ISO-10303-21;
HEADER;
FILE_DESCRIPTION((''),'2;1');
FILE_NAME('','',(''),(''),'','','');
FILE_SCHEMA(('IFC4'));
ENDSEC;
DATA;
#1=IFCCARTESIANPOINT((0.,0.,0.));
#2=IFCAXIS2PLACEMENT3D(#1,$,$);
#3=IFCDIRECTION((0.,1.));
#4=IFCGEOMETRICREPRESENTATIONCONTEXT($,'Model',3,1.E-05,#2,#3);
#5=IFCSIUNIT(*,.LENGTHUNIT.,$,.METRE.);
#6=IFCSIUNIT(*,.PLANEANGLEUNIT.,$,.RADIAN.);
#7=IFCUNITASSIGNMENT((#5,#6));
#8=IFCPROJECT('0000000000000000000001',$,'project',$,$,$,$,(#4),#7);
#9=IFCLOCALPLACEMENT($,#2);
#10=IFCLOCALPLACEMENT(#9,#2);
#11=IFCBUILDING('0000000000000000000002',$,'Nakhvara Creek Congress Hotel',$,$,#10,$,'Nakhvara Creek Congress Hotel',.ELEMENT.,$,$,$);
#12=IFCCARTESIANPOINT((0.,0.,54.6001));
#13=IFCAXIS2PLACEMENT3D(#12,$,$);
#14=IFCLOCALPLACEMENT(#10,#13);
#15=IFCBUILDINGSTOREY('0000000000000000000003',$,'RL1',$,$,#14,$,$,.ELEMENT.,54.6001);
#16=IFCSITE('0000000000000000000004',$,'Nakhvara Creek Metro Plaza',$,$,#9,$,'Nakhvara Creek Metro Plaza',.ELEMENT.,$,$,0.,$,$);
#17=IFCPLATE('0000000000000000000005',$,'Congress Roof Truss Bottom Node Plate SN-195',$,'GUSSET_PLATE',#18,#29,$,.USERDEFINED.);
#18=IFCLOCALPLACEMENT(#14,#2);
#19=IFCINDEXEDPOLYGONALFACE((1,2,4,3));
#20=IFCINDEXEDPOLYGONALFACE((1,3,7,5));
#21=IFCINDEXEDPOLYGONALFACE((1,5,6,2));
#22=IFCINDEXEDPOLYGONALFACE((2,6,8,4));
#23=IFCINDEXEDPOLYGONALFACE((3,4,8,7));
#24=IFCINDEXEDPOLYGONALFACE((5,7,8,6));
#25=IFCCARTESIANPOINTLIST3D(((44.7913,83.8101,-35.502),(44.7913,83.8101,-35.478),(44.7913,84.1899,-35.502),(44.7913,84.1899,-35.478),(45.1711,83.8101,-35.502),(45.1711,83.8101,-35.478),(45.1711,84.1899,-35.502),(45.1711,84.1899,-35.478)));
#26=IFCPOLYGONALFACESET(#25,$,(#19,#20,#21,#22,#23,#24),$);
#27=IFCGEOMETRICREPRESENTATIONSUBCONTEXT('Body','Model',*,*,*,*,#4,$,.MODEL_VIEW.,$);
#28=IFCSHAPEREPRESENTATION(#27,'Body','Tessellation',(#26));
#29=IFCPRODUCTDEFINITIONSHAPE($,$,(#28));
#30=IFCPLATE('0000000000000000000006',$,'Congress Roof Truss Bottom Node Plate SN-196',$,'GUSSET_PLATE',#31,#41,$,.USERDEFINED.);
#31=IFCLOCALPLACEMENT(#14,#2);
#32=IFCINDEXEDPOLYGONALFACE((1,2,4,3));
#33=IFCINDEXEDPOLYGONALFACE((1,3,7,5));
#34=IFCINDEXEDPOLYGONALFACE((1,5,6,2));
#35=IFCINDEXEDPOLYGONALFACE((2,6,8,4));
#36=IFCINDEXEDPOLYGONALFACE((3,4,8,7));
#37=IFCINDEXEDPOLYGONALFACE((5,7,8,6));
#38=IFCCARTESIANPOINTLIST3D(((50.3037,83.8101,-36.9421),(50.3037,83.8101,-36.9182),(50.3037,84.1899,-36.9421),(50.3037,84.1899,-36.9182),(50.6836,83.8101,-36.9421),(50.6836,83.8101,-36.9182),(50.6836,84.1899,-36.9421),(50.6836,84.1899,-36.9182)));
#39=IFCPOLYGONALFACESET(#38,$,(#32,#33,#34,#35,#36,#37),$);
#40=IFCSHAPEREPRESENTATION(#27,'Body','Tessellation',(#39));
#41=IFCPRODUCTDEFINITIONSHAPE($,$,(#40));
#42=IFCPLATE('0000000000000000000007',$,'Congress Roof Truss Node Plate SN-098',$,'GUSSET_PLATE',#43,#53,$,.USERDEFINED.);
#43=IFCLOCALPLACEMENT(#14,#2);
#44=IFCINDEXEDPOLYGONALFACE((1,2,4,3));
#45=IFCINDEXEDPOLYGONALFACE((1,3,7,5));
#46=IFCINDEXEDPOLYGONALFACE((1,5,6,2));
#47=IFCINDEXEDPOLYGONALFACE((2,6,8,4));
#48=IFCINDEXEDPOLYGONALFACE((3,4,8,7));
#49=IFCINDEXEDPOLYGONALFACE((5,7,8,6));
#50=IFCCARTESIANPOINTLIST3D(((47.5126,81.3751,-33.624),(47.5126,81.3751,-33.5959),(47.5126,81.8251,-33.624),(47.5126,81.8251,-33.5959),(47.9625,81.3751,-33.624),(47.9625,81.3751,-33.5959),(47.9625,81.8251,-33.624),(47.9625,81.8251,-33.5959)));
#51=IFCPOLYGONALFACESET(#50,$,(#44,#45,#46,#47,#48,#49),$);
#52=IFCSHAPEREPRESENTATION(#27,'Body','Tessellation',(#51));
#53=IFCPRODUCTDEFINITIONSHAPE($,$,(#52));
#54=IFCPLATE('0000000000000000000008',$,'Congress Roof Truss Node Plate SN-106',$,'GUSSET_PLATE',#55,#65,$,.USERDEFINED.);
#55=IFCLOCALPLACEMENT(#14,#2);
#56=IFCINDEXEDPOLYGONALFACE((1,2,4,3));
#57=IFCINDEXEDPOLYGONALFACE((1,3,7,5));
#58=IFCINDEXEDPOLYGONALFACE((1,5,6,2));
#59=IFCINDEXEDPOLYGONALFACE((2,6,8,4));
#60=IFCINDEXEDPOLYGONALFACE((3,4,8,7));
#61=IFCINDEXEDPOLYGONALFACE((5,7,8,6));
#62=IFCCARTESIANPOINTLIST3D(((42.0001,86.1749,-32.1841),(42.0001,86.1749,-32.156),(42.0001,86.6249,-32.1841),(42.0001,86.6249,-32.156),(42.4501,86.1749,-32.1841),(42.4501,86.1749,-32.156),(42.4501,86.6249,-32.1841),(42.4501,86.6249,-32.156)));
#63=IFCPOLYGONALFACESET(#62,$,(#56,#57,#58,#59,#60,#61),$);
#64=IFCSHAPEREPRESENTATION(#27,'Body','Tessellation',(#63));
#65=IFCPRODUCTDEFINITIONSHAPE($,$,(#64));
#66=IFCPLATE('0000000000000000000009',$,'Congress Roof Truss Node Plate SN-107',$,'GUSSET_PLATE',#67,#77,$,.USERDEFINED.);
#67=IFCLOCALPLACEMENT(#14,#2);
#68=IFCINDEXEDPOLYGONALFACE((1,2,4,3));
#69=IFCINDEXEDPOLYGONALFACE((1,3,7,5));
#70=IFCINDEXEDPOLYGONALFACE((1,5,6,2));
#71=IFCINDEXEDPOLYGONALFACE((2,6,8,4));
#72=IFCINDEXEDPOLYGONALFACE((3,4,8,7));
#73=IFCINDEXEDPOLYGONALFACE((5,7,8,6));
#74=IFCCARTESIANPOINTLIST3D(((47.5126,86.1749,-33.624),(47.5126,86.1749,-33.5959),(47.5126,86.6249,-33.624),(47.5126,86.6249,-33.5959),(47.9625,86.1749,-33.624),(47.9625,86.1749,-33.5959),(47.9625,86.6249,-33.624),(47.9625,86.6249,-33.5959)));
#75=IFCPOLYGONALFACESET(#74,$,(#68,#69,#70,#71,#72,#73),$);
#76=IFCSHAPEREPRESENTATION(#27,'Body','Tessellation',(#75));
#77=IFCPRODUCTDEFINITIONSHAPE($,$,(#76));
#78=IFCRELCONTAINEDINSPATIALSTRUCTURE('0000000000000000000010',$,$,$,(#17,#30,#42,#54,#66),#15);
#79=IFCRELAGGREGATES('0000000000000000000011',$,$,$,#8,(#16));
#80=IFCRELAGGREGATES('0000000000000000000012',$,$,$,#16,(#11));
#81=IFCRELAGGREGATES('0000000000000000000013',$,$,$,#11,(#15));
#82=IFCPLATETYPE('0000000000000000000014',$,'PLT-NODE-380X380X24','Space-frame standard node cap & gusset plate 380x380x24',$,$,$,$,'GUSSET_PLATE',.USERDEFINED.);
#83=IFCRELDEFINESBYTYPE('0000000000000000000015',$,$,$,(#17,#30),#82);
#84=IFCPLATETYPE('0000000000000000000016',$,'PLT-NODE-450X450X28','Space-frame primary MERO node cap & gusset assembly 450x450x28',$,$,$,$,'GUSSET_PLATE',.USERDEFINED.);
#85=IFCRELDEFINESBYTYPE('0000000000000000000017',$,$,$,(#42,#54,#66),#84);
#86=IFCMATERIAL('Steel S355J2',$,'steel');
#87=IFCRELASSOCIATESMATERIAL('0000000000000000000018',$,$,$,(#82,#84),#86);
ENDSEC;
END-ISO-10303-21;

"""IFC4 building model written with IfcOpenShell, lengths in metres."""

from ifc_helpers import new_model, si_unit, direction, frame, origin, origin_2d, place, context, subcontext, project, spatial, rectangle, extrude, material, type_object, element, save


model = new_model("IFC4")

# Units and contexts
model_context = context("Model", 3, precision=1e-05, world=origin(), true_north=direction((0.0, 1.0)))
body_context = subcontext(model_context, "Body", "Model", "MODEL_VIEW")
ifc_project = project(units=[si_unit("LENGTHUNIT", "METRE"), si_unit("PLANEANGLEUNIT", "RADIAN")], contexts=[model_context])

# Site, building, storey
site_placement = place(None, origin())
site = spatial("IfcSite", under=ifc_project, at=site_placement, Name="Nakhvara Creek Metro Plaza", LongName="Nakhvara Creek Metro Plaza", CompositionType="ELEMENT", RefElevation=0.0)
building_placement = place(site_placement, origin())
building = spatial("IfcBuilding", under=site, at=building_placement, Name="Nakhvara Creek Congress Hotel", LongName="Nakhvara Creek Congress Hotel", CompositionType="ELEMENT")
storey_placement = place(building_placement, frame((0.0, 0.0, 54.6001)))
storey = spatial("IfcBuildingStorey", under=building, at=storey_placement, Name="RL1", CompositionType="ELEMENT", Elevation=54.6001)

# Plates
ifc_material_1 = material(Name="Steel S355J2", Category="steel")
plate_type_1 = type_object("IfcPlateType", Name="PLT-NODE-380X380X24", Description="Space-frame standard node cap & gusset plate 380x380x24", ElementType="GUSSET_PLATE", PredefinedType="USERDEFINED", material=ifc_material_1)
for number, where, z_axis, x_axis, name in (
    (1, (44.9812, 84.0, -35.502), (0.0, 0.0, 1.0), (1.0, 0.0, 0.0), "Congress Roof Truss Bottom Node Plate SN-195"),
    (2, (50.4937, 84.0, -36.9421), (0.0, 0.0, 1.0), (1.0, 0.0, 0.0), "Congress Roof Truss Bottom Node Plate SN-196"),
):
    element("IfcPlate", number, at=place(storey_placement, frame(where, z_axis=z_axis, x_axis=x_axis)), inside=storey, type_object=plate_type_1, Name=name, ObjectType="GUSSET_PLATE", PredefinedType="USERDEFINED", context=body_context, shape_type="SweptSolid", body=[
        extrude(rectangle(XDim=0.3799, YDim=0.3799, at=origin_2d()), origin(), (0.0, 0.0, 1.0), 0.0239),
    ])
plate_type_2 = type_object("IfcPlateType", Name="PLT-NODE-450X450X28", Description="Space-frame primary MERO node cap & gusset assembly 450x450x28", ElementType="GUSSET_PLATE", PredefinedType="USERDEFINED", material=ifc_material_1)
for number, where, z_axis, x_axis, name in (
    (3, (47.7375, 81.6001, -33.624), (0.0, 0.0, 1.0), (1.0, 0.0, 0.0), "Congress Roof Truss Node Plate SN-098"),
    (4, (42.2251, 86.3999, -32.1841), (0.0, 0.0, 1.0), (1.0, 0.0, 0.0), "Congress Roof Truss Node Plate SN-106"),
    (5, (47.7375, 86.3999, -33.624), (0.0, 0.0, 1.0), (1.0, 0.0, 0.0), "Congress Roof Truss Node Plate SN-107"),
):
    element("IfcPlate", number, at=place(storey_placement, frame(where, z_axis=z_axis, x_axis=x_axis)), inside=storey, type_object=plate_type_2, Name=name, ObjectType="GUSSET_PLATE", PredefinedType="USERDEFINED", context=body_context, shape_type="SweptSolid", body=[
        extrude(rectangle(XDim=0.45, YDim=0.45, at=origin_2d()), origin(), (0.0, 0.0, 1.0), 0.0281),
    ])

save(model, "model.ifc")
